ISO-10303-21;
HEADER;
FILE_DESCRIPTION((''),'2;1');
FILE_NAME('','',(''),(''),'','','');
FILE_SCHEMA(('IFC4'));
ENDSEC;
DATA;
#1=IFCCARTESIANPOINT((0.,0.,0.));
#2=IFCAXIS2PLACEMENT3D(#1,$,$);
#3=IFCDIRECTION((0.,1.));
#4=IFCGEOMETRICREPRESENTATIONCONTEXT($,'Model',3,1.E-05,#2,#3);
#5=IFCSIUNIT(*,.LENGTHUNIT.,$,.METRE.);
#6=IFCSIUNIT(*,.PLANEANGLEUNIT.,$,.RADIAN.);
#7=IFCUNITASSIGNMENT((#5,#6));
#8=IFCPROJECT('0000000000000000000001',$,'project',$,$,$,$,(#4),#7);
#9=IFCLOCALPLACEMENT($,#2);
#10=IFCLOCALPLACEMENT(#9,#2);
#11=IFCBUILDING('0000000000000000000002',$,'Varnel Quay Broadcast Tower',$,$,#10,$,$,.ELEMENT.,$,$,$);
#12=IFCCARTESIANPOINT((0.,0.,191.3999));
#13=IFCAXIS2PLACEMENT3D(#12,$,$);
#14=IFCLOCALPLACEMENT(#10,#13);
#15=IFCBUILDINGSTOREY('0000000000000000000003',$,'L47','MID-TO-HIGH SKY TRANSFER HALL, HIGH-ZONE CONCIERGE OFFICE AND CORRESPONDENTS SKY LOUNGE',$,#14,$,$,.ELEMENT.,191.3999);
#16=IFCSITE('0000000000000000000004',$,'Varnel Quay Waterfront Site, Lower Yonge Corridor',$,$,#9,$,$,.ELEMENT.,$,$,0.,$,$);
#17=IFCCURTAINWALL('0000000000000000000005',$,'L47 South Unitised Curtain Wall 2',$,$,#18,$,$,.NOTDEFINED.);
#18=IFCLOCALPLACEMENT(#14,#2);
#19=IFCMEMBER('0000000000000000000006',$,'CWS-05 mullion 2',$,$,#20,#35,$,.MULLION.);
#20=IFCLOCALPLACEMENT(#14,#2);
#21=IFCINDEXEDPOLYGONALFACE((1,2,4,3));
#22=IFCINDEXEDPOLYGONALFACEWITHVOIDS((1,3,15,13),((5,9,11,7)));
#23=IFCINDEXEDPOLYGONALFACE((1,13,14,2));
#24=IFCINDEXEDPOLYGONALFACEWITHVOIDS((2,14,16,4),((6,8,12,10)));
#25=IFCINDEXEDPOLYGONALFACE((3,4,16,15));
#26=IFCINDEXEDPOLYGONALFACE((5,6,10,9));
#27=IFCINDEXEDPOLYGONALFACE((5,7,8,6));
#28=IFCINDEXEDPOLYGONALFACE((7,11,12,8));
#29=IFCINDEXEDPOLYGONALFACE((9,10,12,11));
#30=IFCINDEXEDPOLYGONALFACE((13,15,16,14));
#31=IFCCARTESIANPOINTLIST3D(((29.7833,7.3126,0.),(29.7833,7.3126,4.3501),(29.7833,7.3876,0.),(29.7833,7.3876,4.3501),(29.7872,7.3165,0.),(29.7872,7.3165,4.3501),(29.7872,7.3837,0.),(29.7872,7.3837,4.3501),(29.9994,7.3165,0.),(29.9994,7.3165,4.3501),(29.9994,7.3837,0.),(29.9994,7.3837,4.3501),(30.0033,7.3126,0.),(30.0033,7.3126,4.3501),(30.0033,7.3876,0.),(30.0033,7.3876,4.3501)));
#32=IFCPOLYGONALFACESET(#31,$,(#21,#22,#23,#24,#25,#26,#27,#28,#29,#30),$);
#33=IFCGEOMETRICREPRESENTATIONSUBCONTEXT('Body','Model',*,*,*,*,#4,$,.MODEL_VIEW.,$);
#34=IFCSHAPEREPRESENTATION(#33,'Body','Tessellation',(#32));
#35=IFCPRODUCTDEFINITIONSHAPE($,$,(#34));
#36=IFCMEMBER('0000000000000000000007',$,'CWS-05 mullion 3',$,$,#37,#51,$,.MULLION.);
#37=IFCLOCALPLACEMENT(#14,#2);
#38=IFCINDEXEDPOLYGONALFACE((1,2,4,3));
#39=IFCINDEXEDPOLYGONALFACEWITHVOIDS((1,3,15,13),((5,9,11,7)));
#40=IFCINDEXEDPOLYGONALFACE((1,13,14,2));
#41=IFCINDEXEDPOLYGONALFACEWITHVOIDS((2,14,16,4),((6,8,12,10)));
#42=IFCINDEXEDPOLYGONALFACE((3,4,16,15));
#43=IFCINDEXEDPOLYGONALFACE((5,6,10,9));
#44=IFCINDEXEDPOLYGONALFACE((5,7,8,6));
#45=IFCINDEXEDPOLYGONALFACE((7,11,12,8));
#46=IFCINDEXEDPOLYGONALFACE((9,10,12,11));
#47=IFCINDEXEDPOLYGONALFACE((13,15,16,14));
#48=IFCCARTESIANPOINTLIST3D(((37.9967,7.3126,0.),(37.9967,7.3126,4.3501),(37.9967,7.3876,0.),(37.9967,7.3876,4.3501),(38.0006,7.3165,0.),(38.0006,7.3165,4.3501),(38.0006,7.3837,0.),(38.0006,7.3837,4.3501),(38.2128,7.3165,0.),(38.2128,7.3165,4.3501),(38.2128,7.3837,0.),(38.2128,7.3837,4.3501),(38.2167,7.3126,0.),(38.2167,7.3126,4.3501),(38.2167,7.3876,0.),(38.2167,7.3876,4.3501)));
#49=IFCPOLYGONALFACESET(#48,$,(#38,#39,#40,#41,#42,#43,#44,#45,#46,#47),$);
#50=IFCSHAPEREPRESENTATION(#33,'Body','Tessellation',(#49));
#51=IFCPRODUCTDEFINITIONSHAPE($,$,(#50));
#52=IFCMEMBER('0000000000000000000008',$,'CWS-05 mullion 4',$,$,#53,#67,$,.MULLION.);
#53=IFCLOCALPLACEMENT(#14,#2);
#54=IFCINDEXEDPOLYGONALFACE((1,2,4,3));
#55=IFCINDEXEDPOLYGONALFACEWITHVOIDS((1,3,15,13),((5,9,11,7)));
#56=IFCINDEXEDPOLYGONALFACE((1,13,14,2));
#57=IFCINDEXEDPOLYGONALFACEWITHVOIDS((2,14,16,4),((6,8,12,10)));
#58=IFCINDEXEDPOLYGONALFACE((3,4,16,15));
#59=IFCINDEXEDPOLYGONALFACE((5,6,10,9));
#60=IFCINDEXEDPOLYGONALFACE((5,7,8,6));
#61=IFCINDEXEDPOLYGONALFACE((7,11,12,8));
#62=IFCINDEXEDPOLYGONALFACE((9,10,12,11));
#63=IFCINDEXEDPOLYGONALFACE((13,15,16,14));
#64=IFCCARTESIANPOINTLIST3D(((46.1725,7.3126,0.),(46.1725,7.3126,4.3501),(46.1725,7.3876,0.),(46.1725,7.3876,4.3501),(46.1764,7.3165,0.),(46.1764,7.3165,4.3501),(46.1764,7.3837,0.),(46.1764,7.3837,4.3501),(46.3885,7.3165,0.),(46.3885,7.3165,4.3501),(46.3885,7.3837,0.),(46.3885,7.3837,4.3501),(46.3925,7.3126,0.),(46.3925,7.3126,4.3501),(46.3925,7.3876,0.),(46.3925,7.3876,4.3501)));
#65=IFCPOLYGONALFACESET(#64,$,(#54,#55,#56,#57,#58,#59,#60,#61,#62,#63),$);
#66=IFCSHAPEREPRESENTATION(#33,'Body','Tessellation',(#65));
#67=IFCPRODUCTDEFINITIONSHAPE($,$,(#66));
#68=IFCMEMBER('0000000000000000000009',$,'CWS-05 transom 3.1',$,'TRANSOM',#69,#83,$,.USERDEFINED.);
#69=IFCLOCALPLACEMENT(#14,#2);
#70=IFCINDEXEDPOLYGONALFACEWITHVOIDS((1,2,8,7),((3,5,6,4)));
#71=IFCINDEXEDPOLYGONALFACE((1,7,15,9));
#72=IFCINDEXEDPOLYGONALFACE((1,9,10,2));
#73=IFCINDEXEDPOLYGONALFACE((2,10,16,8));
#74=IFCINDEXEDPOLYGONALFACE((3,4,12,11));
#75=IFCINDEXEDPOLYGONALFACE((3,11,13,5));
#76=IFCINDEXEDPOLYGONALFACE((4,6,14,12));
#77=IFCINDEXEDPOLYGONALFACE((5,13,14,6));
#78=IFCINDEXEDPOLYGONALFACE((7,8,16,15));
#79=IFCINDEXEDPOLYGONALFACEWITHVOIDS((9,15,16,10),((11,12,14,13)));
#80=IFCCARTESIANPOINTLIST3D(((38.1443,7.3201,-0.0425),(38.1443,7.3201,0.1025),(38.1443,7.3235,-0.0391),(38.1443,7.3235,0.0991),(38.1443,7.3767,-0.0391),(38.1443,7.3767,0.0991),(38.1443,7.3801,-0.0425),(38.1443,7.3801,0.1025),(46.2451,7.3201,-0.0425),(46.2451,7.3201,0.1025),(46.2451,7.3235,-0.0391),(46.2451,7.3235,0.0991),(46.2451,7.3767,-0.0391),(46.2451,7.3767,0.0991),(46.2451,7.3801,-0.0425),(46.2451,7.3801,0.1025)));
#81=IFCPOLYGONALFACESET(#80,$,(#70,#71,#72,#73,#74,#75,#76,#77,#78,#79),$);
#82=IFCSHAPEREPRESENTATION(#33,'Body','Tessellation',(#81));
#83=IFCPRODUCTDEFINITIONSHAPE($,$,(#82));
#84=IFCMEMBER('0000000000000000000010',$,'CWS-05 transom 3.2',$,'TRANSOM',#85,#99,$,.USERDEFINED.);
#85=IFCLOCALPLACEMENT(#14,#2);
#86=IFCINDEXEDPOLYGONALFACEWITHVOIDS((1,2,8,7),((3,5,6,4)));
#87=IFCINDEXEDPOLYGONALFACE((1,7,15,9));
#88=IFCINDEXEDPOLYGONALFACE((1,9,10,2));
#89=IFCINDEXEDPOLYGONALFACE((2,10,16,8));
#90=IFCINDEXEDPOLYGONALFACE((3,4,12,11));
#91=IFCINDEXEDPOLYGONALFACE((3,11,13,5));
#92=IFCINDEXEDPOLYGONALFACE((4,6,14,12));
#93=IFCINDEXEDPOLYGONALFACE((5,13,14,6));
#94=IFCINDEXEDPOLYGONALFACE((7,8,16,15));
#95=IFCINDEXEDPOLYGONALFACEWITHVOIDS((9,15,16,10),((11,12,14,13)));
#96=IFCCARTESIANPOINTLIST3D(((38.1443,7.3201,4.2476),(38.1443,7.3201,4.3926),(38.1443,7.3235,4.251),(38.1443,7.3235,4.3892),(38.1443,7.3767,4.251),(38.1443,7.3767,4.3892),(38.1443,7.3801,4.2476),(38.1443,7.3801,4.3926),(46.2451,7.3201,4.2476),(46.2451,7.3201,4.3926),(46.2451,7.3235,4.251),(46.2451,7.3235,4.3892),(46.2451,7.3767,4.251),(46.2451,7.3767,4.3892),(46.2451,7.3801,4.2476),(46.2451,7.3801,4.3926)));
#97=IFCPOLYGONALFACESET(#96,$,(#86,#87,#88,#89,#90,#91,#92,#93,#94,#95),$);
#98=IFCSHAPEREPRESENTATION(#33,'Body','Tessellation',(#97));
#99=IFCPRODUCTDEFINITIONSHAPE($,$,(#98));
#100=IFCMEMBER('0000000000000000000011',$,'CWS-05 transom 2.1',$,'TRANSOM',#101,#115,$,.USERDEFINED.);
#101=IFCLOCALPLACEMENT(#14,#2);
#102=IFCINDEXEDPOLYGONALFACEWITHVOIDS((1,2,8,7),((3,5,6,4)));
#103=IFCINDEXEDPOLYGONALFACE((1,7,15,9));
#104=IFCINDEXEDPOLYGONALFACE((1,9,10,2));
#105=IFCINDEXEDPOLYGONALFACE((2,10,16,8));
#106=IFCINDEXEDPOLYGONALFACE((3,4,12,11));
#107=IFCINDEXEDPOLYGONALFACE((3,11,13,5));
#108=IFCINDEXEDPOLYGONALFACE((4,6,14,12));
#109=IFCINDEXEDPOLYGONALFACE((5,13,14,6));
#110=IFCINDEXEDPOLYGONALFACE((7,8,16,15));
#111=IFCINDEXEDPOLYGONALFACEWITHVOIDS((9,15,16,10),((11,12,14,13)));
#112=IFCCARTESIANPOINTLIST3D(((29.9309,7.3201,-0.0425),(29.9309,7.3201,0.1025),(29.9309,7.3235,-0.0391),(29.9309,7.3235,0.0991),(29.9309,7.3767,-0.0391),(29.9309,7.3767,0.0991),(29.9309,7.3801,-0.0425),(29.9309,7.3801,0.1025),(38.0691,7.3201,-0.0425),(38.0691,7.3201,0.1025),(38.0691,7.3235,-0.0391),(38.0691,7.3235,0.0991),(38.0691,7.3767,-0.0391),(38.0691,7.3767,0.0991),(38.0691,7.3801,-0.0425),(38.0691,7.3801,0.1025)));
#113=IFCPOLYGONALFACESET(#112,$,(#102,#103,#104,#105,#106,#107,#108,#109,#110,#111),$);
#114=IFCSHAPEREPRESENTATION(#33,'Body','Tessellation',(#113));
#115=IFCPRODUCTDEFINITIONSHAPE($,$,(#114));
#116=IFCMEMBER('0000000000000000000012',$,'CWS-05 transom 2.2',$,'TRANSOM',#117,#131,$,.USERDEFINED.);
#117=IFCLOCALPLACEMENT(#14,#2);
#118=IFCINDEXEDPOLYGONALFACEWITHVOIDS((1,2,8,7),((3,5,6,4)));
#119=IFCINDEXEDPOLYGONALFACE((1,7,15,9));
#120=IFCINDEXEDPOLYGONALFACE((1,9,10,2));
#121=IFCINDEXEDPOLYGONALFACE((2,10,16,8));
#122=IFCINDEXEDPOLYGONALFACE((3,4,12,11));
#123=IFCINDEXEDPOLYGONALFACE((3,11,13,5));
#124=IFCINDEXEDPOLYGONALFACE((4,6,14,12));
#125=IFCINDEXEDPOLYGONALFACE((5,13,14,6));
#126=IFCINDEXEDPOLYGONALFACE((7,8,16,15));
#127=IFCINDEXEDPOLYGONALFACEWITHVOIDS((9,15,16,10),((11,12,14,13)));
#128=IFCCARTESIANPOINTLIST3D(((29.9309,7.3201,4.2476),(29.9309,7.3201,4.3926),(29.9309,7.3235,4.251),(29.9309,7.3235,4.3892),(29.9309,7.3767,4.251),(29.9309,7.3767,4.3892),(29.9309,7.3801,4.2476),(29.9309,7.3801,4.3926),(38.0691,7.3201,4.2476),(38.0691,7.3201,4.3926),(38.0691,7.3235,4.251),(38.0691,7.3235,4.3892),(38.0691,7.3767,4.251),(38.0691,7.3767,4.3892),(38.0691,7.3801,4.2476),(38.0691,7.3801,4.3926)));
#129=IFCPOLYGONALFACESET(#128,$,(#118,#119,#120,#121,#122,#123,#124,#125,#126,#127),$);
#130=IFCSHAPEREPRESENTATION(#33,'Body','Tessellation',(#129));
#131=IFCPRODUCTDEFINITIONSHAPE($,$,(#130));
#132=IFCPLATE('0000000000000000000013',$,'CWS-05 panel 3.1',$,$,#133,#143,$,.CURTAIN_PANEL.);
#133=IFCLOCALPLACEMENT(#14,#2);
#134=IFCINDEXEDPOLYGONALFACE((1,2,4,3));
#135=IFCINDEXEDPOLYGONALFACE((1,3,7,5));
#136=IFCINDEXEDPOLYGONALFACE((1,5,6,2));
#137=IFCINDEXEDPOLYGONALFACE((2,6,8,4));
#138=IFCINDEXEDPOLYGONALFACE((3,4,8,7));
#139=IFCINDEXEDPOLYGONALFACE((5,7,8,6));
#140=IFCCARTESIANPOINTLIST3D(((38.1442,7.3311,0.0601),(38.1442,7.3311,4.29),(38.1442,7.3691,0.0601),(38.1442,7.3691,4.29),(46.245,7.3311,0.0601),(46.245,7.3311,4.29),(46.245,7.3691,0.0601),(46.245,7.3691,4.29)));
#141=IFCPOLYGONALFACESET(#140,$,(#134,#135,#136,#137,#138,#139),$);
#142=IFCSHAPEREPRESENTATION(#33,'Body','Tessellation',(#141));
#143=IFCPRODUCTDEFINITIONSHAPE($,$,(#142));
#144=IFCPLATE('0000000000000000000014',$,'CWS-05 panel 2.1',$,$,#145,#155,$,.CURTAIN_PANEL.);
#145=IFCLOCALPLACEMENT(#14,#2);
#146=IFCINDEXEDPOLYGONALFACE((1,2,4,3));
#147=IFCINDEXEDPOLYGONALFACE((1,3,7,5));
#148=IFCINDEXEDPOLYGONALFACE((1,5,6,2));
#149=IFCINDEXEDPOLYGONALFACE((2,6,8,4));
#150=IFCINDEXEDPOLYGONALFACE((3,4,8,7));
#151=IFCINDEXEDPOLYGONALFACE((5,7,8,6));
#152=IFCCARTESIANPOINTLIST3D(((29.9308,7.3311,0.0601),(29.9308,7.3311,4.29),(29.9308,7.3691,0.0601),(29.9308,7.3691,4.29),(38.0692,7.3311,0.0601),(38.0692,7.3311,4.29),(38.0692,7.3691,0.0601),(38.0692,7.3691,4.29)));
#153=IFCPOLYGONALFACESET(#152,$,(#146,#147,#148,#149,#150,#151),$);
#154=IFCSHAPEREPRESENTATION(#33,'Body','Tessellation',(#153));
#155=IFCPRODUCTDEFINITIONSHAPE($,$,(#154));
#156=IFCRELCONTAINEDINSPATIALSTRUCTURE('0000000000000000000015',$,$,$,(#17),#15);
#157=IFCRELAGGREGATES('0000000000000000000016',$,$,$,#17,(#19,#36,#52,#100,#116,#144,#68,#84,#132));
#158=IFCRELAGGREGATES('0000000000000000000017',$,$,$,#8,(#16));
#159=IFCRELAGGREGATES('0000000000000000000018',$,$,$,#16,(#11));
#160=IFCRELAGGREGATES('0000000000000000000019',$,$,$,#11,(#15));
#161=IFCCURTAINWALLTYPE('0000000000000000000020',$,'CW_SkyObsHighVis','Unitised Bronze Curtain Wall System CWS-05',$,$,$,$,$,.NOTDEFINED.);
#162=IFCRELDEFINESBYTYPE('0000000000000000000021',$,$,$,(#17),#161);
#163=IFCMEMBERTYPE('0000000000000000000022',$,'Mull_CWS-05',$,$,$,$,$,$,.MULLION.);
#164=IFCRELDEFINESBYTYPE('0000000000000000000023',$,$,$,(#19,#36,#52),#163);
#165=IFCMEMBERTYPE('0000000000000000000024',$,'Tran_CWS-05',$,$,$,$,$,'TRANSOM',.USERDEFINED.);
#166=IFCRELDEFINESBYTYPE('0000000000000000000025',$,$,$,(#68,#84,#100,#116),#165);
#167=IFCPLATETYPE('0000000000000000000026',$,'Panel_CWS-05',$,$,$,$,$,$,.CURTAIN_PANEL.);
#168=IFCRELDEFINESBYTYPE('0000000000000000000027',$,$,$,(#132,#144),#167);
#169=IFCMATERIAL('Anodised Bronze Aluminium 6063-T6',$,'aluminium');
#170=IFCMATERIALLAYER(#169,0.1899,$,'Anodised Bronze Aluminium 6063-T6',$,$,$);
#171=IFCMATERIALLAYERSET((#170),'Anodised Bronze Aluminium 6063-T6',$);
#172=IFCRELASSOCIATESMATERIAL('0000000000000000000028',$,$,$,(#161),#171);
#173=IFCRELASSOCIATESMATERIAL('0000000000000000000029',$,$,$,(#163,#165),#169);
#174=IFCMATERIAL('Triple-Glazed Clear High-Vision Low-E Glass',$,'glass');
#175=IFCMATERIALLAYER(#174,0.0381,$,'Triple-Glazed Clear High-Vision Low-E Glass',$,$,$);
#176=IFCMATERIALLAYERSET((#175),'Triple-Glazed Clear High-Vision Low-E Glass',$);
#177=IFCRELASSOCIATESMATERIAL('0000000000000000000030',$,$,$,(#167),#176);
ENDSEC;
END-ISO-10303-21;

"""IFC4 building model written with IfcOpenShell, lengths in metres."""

from ifc_helpers import new_model, si_unit, direction, frame, origin, origin_2d, place, context, subcontext, project, spatial, rectangle, hollow_rectangle, extrude, source, transform, mapped, material, layer, layer_set, material_profile, profile_set, type_object, type_shapes, element, aggregate, save


model = new_model("IFC4")

# Units and contexts
model_context = context("Model", 3, precision=1e-05, world=origin(), true_north=direction((0.0, 1.0)))
body_context = subcontext(model_context, "Body", "Model", "MODEL_VIEW")
ifc_project = project(units=[si_unit("LENGTHUNIT", "METRE"), si_unit("PLANEANGLEUNIT", "RADIAN")], contexts=[model_context])

# Site, building, storey
site_placement = place(None, origin())
site = spatial("IfcSite", under=ifc_project, at=site_placement, Name="Varnel Quay Waterfront Site, Lower Yonge Corridor", CompositionType="ELEMENT", RefElevation=0.0)
building_placement = place(site_placement, origin())
building = spatial("IfcBuilding", under=site, at=building_placement, Name="Varnel Quay Broadcast Tower", CompositionType="ELEMENT")
storey_placement = place(building_placement, frame((0.0, 0.0, 191.3999)))
storey = spatial("IfcBuildingStorey", under=building, at=storey_placement, Name="L47", Description="MID-TO-HIGH SKY TRANSFER HALL, HIGH-ZONE CONCIERGE OFFICE AND CORRESPONDENTS SKY LOUNGE", CompositionType="ELEMENT", Elevation=191.3999)

# Curtain wall, members, plates
ifc_material_1 = material(Name="Anodised Bronze Aluminium 6063-T6", Category="aluminium")
ifc_layer_1 = layer(ifc_material_1, 0.1899, Name="Anodised Bronze Aluminium 6063-T6")
ifc_layer_set_1 = layer_set([ifc_layer_1], Name="Anodised Bronze Aluminium 6063-T6")
curtain_wall_type = type_object("IfcCurtainWallType", Name="CW_SkyObsHighVis", Description="Unitised Bronze Curtain Wall System CWS-05", PredefinedType="NOTDEFINED", material=ifc_layer_set_1)
curtain_wall_placement = place(storey_placement, origin())
curtain_wall = element("IfcCurtainWall", 1, at=curtain_wall_placement, inside=storey, type_object=curtain_wall_type, Name="L47 South Unitised Curtain Wall 2", PredefinedType="NOTDEFINED")
ifc_material_profile_1 = material_profile(ifc_material_1, hollow_rectangle(XDim=0.075, YDim=0.22, WallThickness=0.0039, at=origin_2d()), Name="ALU75X220X4")
ifc_profile_set_1 = profile_set([ifc_material_profile_1], Name="Anodised Bronze Aluminium 6063-T6")
member_type_1 = type_object("IfcMemberType", Name="Mull_CWS-05", PredefinedType="MULLION", material=ifc_profile_set_1)
shared_shape_1 = source(origin(), body_context, "Body", "SweptSolid", [
    extrude(hollow_rectangle(XDim=0.075, YDim=0.22, WallThickness=0.0039, at=origin_2d()), origin(), (0.0, 0.0, 1.0), 4.3501),
])
type_shapes(member_type_1, [shared_shape_1])
member_1_placement = place(storey_placement, frame((29.8933, 7.3501, 0.0), z_axis=(0.0, 0.0, 1.0), x_axis=(0.0, 1.0, 0.0)))
member_1 = element("IfcMember", 2, at=member_1_placement, type_object=member_type_1, Name="CWS-05 mullion 2", PredefinedType="MULLION", context=body_context, shape_type="MappedRepresentation", body=[
    mapped(shared_shape_1, transform((0.0, 0.0, 0.0), x_axis=(1.0, 0.0, 0.0), y_axis=(0.0, 1.0, 0.0), z_axis=(0.0, 0.0, 1.0), scale=1.0)),
])
member_2_placement = place(storey_placement, frame((38.1067, 7.3501, 0.0), z_axis=(0.0, 0.0, 1.0), x_axis=(0.0, 1.0, 0.0)))
member_2 = element("IfcMember", 3, at=member_2_placement, type_object=member_type_1, Name="CWS-05 mullion 3", PredefinedType="MULLION", context=body_context, shape_type="MappedRepresentation", body=[
    mapped(shared_shape_1, transform((0.0, 0.0, 0.0), x_axis=(1.0, 0.0, 0.0), y_axis=(0.0, 1.0, 0.0), z_axis=(0.0, 0.0, 1.0), scale=1.0)),
])
member_3_placement = place(storey_placement, frame((46.2825, 7.3501, 0.0), z_axis=(0.0, 0.0, 1.0), x_axis=(0.0, 1.0, 0.0)))
member_3 = element("IfcMember", 4, at=member_3_placement, type_object=member_type_1, Name="CWS-05 mullion 4", PredefinedType="MULLION", context=body_context, shape_type="MappedRepresentation", body=[
    mapped(shared_shape_1, transform((0.0, 0.0, 0.0), x_axis=(1.0, 0.0, 0.0), y_axis=(0.0, 1.0, 0.0), z_axis=(0.0, 0.0, 1.0), scale=1.0)),
])
ifc_material_profile_2 = material_profile(ifc_material_1, hollow_rectangle(XDim=0.0601, YDim=0.145, WallThickness=0.0034, at=origin_2d()), Name="ALU60X145X3.5")
ifc_profile_set_2 = profile_set([ifc_material_profile_2], Name="Anodised Bronze Aluminium 6063-T6")
member_type_2 = type_object("IfcMemberType", Name="Tran_CWS-05", ElementType="TRANSOM", PredefinedType="USERDEFINED", material=ifc_profile_set_2)
shared_shape_2 = source(origin(), body_context, "Body", "SweptSolid", [
    extrude(hollow_rectangle(XDim=0.0601, YDim=0.145, WallThickness=0.0034, at=origin_2d()), origin(), (0.0, 0.0, 1.0), 8.1008),
])
member_4_placement = place(storey_placement, frame((38.1443, 7.3501, 0.03), z_axis=(1.0, 0.0, 0.0), x_axis=(0.0, 1.0, 0.0)))
member_4 = element("IfcMember", 5, at=member_4_placement, type_object=member_type_2, Name="CWS-05 transom 3.1", ObjectType="TRANSOM", PredefinedType="USERDEFINED", context=body_context, shape_type="MappedRepresentation", body=[
    mapped(shared_shape_2, transform((0.0, 0.0, 0.0), x_axis=(1.0, 0.0, 0.0), y_axis=(0.0, 1.0, 0.0), z_axis=(0.0, 0.0, 1.0), scale=1.0)),
])
member_5_placement = place(storey_placement, frame((38.1443, 7.3501, 4.3201), z_axis=(1.0, 0.0, 0.0), x_axis=(0.0, 1.0, 0.0)))
member_5 = element("IfcMember", 6, at=member_5_placement, type_object=member_type_2, Name="CWS-05 transom 3.2", ObjectType="TRANSOM", PredefinedType="USERDEFINED", context=body_context, shape_type="MappedRepresentation", body=[
    mapped(shared_shape_2, transform((0.0, 0.0, 0.0), x_axis=(1.0, 0.0, 0.0), y_axis=(0.0, 1.0, 0.0), z_axis=(0.0, 0.0, 1.0), scale=1.0)),
])
shared_shape_3 = source(origin(), body_context, "Body", "SweptSolid", [
    extrude(hollow_rectangle(XDim=0.0601, YDim=0.145, WallThickness=0.0034, at=origin_2d()), origin(), (0.0, 0.0, 1.0), 8.1382),
])
type_shapes(member_type_2, [shared_shape_2, shared_shape_3])
member_6_placement = place(storey_placement, frame((29.9309, 7.3501, 0.03), z_axis=(1.0, 0.0, 0.0), x_axis=(0.0, 1.0, 0.0)))
member_6 = element("IfcMember", 7, at=member_6_placement, type_object=member_type_2, Name="CWS-05 transom 2.1", ObjectType="TRANSOM", PredefinedType="USERDEFINED", context=body_context, shape_type="MappedRepresentation", body=[
    mapped(shared_shape_3, transform((0.0, 0.0, 0.0), x_axis=(1.0, 0.0, 0.0), y_axis=(0.0, 1.0, 0.0), z_axis=(0.0, 0.0, 1.0), scale=1.0)),
])
member_7_placement = place(storey_placement, frame((29.9309, 7.3501, 4.3201), z_axis=(1.0, 0.0, 0.0), x_axis=(0.0, 1.0, 0.0)))
member_7 = element("IfcMember", 8, at=member_7_placement, type_object=member_type_2, Name="CWS-05 transom 2.2", ObjectType="TRANSOM", PredefinedType="USERDEFINED", context=body_context, shape_type="MappedRepresentation", body=[
    mapped(shared_shape_3, transform((0.0, 0.0, 0.0), x_axis=(1.0, 0.0, 0.0), y_axis=(0.0, 1.0, 0.0), z_axis=(0.0, 0.0, 1.0), scale=1.0)),
])
ifc_material_2 = material(Name="Triple-Glazed Clear High-Vision Low-E Glass", Category="glass")
ifc_layer_2 = layer(ifc_material_2, 0.0381, Name="Triple-Glazed Clear High-Vision Low-E Glass")
ifc_layer_set_2 = layer_set([ifc_layer_2], Name="Triple-Glazed Clear High-Vision Low-E Glass")
plate_type = type_object("IfcPlateType", Name="Panel_CWS-05", PredefinedType="CURTAIN_PANEL", material=ifc_layer_set_2)
shared_shape_4 = source(origin(), body_context, "Body", "SweptSolid", [
    extrude(rectangle(XDim=8.1008, YDim=0.0381, at=origin_2d()), origin(), (0.0, 0.0, 1.0), 4.23),
])
plate_1_placement = place(storey_placement, frame((42.1946, 7.3501, 0.0601), z_axis=(0.0, 0.0, 1.0), x_axis=(1.0, 0.0, 0.0)))
plate_1 = element("IfcPlate", 9, at=plate_1_placement, type_object=plate_type, Name="CWS-05 panel 3.1", PredefinedType="CURTAIN_PANEL", context=body_context, shape_type="MappedRepresentation", body=[
    mapped(shared_shape_4, transform((0.0, 0.0, 0.0), x_axis=(1.0, 0.0, 0.0), y_axis=(0.0, 1.0, 0.0), z_axis=(0.0, 0.0, 1.0), scale=1.0)),
])
shared_shape_5 = source(origin(), body_context, "Body", "SweptSolid", [
    extrude(rectangle(XDim=8.1384, YDim=0.0381, at=origin_2d()), origin(), (0.0, 0.0, 1.0), 4.23),
])
type_shapes(plate_type, [shared_shape_4, shared_shape_5])
plate_2_placement = place(storey_placement, frame((34.0, 7.3501, 0.0601), z_axis=(0.0, 0.0, 1.0), x_axis=(1.0, 0.0, 0.0)))
plate_2 = element("IfcPlate", 10, at=plate_2_placement, type_object=plate_type, Name="CWS-05 panel 2.1", PredefinedType="CURTAIN_PANEL", context=body_context, shape_type="MappedRepresentation", body=[
    mapped(shared_shape_5, transform((0.0, 0.0, 0.0), x_axis=(1.0, 0.0, 0.0), y_axis=(0.0, 1.0, 0.0), z_axis=(0.0, 0.0, 1.0), scale=1.0)),
])
aggregate(curtain_wall, [member_1, member_2, member_3, member_6, member_7, plate_2, member_4, member_5, plate_1])

save(model, "model.ifc")
